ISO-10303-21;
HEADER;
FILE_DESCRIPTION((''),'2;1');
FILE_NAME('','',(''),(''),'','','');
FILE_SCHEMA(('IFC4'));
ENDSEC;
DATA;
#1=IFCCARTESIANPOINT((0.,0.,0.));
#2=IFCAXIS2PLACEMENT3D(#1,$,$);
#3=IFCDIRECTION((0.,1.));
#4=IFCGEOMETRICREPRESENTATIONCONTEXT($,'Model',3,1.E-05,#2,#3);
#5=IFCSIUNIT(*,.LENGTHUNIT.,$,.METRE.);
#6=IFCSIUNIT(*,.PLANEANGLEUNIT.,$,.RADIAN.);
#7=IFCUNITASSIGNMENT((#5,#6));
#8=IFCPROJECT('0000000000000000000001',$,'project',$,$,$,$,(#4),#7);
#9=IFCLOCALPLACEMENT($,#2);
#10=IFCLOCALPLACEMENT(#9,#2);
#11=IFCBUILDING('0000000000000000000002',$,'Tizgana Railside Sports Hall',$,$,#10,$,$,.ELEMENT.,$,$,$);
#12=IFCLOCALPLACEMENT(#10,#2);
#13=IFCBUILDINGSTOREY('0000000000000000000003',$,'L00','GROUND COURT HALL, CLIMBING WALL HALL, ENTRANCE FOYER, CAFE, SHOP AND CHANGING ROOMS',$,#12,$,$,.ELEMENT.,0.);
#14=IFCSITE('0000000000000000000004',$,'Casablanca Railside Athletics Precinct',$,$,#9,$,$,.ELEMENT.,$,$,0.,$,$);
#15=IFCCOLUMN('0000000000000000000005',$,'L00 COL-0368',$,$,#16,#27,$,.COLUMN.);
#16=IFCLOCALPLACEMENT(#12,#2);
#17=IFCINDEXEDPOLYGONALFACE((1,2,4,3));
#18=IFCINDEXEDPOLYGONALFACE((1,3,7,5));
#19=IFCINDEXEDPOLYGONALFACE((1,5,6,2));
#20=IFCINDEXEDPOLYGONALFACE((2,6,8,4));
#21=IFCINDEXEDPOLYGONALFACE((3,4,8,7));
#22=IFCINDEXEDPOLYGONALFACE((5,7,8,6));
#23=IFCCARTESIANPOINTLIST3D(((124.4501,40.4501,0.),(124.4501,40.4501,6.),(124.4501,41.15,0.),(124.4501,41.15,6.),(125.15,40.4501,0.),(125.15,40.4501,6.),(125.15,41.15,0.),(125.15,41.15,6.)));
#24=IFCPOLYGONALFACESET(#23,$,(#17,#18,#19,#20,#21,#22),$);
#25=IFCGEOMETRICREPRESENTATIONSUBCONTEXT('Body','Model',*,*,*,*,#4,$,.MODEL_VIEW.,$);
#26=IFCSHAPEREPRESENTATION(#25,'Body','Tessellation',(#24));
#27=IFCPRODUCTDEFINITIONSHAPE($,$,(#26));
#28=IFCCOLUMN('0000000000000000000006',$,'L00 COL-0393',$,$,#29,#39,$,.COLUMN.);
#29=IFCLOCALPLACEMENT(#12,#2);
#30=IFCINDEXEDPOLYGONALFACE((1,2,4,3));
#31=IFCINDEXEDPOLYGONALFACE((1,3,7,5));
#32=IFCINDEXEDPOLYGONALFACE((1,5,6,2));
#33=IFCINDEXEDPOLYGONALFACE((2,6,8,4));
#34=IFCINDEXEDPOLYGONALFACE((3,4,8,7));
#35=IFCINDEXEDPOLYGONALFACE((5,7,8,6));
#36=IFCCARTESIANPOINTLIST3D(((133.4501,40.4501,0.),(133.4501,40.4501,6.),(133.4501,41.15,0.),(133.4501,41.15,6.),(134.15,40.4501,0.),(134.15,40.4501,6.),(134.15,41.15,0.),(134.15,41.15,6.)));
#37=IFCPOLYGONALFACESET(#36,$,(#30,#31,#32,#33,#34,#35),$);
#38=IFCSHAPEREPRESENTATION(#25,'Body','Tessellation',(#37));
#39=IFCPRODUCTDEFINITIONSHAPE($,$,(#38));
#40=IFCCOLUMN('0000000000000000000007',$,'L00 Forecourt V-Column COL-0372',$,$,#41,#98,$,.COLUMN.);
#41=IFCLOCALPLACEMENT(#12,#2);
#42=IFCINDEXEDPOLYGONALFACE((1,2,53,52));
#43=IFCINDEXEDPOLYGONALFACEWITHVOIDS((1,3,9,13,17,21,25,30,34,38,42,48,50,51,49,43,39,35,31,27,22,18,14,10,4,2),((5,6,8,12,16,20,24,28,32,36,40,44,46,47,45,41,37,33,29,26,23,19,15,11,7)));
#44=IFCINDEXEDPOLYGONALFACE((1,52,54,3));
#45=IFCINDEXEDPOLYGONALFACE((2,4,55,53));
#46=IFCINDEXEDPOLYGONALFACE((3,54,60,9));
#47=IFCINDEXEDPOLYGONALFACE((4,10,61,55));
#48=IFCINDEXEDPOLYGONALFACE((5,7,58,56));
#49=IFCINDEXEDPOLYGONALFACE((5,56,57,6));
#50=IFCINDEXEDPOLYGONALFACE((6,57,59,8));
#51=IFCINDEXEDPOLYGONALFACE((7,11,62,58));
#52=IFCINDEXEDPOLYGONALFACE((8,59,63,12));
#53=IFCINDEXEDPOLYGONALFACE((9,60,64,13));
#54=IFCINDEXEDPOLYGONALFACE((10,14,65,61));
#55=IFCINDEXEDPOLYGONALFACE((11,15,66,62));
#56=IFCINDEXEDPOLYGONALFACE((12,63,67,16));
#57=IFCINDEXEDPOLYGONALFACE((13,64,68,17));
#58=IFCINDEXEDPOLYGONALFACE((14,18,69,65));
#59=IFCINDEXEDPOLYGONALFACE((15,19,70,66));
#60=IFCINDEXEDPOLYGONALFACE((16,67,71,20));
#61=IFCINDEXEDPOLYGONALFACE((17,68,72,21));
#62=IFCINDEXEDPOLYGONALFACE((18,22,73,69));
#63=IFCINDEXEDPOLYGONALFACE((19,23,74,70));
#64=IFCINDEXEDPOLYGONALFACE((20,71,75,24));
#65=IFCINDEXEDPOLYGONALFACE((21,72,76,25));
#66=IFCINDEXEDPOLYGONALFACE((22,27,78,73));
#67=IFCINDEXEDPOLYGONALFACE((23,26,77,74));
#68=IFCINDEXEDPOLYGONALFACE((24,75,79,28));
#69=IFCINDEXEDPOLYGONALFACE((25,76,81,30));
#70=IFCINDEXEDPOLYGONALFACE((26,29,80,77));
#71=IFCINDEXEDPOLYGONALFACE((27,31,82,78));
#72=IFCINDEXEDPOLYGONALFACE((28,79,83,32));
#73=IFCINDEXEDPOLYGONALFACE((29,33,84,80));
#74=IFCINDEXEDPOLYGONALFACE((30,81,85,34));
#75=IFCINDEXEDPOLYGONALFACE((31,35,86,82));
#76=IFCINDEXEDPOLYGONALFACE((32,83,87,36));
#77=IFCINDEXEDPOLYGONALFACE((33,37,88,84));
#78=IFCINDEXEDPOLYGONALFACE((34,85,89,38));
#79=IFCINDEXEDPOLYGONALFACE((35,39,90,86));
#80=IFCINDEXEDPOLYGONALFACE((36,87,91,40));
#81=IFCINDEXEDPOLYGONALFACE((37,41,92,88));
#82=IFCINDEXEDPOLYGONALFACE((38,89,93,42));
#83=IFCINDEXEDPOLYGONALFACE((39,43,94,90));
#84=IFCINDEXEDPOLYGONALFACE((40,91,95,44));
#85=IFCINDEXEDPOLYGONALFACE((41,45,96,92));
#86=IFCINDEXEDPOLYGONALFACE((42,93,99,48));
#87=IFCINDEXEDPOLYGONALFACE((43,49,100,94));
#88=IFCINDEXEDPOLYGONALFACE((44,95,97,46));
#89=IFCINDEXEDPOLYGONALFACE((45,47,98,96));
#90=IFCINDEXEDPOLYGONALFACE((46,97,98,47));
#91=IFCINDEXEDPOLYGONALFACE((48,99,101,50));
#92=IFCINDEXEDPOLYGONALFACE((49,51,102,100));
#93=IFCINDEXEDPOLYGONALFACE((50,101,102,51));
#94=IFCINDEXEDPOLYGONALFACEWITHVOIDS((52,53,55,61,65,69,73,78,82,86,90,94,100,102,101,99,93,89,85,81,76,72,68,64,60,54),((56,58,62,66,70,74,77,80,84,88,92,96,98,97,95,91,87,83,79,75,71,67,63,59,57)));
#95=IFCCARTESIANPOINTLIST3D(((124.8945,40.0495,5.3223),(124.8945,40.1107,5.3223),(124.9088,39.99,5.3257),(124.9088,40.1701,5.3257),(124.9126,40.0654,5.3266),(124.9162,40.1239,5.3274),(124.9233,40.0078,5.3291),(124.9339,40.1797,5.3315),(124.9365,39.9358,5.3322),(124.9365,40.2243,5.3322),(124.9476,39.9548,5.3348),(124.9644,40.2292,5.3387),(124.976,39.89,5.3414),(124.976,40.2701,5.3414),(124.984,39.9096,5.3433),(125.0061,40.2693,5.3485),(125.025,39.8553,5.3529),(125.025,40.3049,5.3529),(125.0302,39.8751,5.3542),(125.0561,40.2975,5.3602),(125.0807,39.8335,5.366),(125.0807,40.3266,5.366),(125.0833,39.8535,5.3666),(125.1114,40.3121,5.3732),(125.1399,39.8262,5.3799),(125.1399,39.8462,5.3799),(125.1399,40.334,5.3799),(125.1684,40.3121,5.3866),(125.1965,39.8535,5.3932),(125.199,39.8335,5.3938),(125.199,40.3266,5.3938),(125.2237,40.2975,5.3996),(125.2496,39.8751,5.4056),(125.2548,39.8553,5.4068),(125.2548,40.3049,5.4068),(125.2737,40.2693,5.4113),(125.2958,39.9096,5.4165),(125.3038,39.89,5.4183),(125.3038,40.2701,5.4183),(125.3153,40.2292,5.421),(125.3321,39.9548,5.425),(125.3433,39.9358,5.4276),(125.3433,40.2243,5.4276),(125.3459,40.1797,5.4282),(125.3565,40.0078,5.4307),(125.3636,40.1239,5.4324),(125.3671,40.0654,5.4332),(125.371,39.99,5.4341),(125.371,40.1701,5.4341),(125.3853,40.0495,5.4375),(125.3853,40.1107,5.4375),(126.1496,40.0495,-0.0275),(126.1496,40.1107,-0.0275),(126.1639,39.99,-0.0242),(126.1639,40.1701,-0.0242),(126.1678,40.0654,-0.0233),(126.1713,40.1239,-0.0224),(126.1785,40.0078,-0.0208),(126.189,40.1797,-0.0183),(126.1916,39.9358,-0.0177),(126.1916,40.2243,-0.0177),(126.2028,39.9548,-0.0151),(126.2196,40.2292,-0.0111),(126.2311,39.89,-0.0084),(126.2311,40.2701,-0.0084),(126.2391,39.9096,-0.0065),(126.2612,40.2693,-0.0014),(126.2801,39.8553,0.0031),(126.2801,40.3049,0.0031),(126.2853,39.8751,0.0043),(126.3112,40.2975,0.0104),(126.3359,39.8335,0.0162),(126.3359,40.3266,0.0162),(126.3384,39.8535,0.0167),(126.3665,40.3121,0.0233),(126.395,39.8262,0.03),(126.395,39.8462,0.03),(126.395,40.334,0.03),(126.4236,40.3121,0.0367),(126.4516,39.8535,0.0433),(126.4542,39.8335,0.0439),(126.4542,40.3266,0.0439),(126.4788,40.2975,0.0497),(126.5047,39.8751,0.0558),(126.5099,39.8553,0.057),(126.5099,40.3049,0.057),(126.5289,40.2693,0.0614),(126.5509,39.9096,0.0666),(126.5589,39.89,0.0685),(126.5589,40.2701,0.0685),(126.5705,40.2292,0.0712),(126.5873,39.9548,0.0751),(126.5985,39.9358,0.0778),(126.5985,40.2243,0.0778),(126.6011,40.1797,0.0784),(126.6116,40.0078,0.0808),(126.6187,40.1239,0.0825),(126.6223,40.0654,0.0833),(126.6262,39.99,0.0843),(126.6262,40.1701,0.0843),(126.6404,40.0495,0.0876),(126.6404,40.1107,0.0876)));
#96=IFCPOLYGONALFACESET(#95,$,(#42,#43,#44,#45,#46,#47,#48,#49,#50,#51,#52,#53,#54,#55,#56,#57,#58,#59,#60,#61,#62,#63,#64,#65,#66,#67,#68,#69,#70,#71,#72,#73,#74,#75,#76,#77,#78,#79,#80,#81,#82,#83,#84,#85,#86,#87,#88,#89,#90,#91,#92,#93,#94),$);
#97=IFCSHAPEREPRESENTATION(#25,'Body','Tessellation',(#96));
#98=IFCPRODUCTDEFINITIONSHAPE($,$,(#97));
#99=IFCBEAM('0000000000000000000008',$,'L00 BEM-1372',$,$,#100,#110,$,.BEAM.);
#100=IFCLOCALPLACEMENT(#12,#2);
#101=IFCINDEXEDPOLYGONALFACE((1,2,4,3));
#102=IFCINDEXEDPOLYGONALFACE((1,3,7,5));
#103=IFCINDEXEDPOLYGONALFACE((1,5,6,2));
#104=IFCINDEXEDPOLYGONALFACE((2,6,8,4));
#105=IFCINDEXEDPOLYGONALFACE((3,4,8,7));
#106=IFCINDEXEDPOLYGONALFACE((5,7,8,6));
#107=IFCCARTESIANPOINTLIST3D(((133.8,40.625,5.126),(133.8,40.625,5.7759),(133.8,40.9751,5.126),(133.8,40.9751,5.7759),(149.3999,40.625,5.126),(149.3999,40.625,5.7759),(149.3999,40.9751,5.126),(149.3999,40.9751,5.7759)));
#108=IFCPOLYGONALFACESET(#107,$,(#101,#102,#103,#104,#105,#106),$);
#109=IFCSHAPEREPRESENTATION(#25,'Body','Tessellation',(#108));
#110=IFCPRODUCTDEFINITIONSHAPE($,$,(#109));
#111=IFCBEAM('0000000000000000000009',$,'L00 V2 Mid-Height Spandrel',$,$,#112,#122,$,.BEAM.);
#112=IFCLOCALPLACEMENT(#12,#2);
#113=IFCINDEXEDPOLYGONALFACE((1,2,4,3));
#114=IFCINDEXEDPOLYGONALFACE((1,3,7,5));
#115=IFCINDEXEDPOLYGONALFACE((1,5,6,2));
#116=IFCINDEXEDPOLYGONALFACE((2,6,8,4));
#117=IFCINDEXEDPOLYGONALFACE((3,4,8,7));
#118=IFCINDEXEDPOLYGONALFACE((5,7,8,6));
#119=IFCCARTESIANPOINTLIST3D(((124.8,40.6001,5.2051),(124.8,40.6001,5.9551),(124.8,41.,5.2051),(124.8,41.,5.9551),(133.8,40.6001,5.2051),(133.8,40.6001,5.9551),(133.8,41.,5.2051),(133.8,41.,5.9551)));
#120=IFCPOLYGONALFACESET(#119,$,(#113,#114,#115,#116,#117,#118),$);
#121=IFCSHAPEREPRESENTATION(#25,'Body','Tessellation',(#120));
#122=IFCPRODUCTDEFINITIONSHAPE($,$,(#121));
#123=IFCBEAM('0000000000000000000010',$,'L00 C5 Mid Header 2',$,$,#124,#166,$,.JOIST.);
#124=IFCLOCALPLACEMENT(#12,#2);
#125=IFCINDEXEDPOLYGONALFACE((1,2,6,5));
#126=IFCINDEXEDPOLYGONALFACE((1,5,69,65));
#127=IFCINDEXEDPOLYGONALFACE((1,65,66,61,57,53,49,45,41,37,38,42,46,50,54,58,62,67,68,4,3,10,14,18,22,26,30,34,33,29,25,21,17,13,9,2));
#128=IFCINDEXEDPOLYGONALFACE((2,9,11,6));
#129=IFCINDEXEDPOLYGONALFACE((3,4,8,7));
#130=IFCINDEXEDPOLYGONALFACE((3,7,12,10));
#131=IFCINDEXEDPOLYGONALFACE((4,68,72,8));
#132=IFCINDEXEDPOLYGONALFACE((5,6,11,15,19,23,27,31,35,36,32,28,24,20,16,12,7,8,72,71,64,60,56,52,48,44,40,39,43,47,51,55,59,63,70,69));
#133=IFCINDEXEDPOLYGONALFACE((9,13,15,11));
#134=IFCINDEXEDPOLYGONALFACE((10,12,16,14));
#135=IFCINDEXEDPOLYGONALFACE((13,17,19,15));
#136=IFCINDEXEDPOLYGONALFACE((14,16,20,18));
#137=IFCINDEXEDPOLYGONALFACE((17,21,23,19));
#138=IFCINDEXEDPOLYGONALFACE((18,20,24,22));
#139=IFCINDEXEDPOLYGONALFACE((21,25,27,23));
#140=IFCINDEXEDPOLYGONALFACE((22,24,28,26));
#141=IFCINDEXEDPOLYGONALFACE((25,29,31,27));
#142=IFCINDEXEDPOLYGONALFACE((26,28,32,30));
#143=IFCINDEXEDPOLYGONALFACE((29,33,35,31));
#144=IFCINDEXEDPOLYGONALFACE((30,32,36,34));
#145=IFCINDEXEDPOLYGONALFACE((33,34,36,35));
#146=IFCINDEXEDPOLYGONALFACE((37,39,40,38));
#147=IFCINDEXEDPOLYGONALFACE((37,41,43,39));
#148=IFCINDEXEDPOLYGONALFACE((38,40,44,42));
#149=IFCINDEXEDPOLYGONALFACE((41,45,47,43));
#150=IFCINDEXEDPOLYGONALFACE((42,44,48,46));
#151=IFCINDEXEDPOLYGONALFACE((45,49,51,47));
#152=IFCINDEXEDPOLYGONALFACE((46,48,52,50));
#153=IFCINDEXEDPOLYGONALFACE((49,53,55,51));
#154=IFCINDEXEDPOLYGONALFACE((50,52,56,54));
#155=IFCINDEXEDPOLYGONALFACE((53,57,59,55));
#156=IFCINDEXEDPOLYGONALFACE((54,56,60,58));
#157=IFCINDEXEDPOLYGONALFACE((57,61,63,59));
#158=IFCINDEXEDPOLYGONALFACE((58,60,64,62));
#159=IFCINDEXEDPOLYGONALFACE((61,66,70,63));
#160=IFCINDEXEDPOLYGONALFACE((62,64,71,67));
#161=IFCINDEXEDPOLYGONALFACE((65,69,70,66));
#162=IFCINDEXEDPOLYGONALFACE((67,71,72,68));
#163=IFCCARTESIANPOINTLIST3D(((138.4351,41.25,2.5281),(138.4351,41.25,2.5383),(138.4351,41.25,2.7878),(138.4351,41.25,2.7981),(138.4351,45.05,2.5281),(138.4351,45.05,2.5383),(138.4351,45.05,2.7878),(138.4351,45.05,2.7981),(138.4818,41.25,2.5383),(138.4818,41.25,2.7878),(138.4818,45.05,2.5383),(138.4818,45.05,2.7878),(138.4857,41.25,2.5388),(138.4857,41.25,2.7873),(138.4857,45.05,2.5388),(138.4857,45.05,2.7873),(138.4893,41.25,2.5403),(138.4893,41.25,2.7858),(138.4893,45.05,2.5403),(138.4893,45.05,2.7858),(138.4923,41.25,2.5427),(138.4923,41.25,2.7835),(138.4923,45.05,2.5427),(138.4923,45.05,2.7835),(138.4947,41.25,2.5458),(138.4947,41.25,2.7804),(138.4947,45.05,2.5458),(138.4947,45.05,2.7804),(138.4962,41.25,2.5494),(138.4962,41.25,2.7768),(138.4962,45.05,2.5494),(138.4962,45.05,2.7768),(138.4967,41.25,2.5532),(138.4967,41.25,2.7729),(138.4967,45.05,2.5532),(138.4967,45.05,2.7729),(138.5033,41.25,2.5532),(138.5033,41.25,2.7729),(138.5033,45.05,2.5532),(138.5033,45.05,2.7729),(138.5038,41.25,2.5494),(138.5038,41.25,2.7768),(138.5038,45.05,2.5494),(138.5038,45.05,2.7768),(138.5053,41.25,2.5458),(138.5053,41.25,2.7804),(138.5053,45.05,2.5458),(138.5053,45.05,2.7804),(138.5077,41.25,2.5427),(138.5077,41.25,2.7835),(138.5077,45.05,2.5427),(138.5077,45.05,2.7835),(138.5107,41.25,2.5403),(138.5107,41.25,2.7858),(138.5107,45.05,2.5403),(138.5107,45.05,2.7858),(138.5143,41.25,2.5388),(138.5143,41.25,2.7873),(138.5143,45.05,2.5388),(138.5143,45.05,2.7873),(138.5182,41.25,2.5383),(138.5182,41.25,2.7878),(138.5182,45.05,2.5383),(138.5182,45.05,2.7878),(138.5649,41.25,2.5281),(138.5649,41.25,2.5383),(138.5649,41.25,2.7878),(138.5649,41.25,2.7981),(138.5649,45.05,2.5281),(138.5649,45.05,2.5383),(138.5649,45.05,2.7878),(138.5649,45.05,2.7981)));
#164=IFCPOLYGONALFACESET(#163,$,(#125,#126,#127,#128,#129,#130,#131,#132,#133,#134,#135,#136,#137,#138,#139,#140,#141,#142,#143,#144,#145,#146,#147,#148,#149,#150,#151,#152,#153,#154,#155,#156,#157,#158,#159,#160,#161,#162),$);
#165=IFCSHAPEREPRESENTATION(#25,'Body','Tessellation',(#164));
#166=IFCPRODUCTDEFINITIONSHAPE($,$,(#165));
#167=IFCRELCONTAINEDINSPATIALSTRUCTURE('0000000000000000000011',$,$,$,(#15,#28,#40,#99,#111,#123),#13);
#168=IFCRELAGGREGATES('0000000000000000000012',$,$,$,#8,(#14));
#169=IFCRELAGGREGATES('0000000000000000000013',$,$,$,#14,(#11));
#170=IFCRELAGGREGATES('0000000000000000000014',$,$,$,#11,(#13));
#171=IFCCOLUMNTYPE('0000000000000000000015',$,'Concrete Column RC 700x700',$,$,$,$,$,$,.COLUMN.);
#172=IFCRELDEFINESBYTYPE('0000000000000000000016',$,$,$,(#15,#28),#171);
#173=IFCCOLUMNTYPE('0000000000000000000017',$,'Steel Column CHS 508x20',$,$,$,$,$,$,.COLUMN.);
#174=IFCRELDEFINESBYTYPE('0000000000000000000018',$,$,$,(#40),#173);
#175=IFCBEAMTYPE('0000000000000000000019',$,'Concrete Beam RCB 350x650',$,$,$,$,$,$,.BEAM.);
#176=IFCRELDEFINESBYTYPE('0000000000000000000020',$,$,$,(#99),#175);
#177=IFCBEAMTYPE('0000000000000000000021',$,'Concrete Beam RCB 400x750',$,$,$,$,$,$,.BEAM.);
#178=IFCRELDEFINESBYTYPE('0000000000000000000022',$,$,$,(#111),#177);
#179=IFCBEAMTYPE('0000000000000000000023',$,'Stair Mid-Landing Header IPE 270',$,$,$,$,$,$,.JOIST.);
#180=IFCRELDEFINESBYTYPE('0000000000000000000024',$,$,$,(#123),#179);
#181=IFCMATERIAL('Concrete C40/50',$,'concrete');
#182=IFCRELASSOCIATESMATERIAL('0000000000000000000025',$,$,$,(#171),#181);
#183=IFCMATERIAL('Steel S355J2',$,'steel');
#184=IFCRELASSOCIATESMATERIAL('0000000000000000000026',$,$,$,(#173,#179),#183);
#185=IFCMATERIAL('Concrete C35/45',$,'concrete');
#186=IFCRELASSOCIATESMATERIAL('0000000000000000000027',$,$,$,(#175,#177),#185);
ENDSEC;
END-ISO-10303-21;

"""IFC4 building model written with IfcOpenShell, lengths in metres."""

from ifc_helpers import new_model, si_unit, direction, frame, origin, origin_2d, place, context, subcontext, project, spatial, rectangle, hollow_circle, i_section, extrude, material, material_profile, profile_set, type_object, element, save


model = new_model("IFC4")

# Units and contexts
model_context = context("Model", 3, precision=1e-05, world=origin(), true_north=direction((0.0, 1.0)))
body_context = subcontext(model_context, "Body", "Model", "MODEL_VIEW")
ifc_project = project(units=[si_unit("LENGTHUNIT", "METRE"), si_unit("PLANEANGLEUNIT", "RADIAN")], contexts=[model_context])

# Site, building, storey
site_placement = place(None, origin())
site = spatial("IfcSite", under=ifc_project, at=site_placement, Name="Casablanca Railside Athletics Precinct", CompositionType="ELEMENT", RefElevation=0.0)
building_placement = place(site_placement, origin())
building = spatial("IfcBuilding", under=site, at=building_placement, Name="Tizgana Railside Sports Hall", CompositionType="ELEMENT")
storey_placement = place(building_placement, origin())
storey = spatial("IfcBuildingStorey", under=building, at=storey_placement, Name="L00", Description="GROUND COURT HALL, CLIMBING WALL HALL, ENTRANCE FOYER, CAFE, SHOP AND CHANGING ROOMS", CompositionType="ELEMENT", Elevation=0.0)

# Columns
ifc_material_1 = material(Name="Concrete C40/50", Category="concrete")
ifc_material_profile_1 = material_profile(ifc_material_1, rectangle(XDim=0.7, YDim=0.7, at=origin_2d()), Name="RC 700x700")
ifc_profile_set_1 = profile_set([ifc_material_profile_1], Name="Concrete C40/50")
column_type_1 = type_object("IfcColumnType", Name="Concrete Column RC 700x700", PredefinedType="COLUMN", material=ifc_profile_set_1)
for number, where, z_axis, x_axis, name in (
    (1, (124.8, 40.8, 0.0), (0.0, 0.0, 1.0), (1.0, 0.0, 0.0), "L00 COL-0368"),
    (2, (133.8, 40.8, 0.0), (0.0, 0.0, 1.0), (1.0, 0.0, 0.0), "L00 COL-0393"),
):
    element("IfcColumn", number, at=place(storey_placement, frame(where, z_axis=z_axis, x_axis=x_axis)), inside=storey, type_object=column_type_1, Name=name, PredefinedType="COLUMN", context=body_context, shape_type="SweptSolid", body=[
        extrude(rectangle(XDim=0.7, YDim=0.7, at=origin_2d()), origin(), (0.0, 0.0, 1.0), 6.0),
    ])
ifc_material_2 = material(Name="Steel S355J2", Category="steel")
ifc_material_profile_2 = material_profile(ifc_material_2, hollow_circle(Radius=0.2539, WallThickness=0.02, at=origin_2d()), Name="CHS 508x20")
ifc_profile_set_2 = profile_set([ifc_material_profile_2], Name="Steel S355J2")
column_type_2 = type_object("IfcColumnType", Name="Steel Column CHS 508x20", PredefinedType="COLUMN", material=ifc_profile_set_2)
column_placement = place(storey_placement, frame((126.395, 40.0801, 0.03), z_axis=(-0.228408, 0.0, 0.973566), x_axis=(0.0, -1.0, 0.0)))
element("IfcColumn", 3, at=column_placement, inside=storey, type_object=column_type_2, Name="L00 Forecourt V-Column COL-0372", PredefinedType="COLUMN", context=body_context, shape_type="SweptSolid", body=[
    extrude(hollow_circle(Radius=0.2539, WallThickness=0.02, at=origin_2d()), origin(), (0.0, 0.0, 1.0), 5.4951),
])

# Beams
ifc_material_3 = material(Name="Concrete C35/45", Category="concrete")
ifc_material_profile_3 = material_profile(ifc_material_3, rectangle(XDim=0.3501, YDim=0.6499, at=origin_2d()), Name="RCB 350x650")
ifc_profile_set_3 = profile_set([ifc_material_profile_3], Name="Concrete C35/45")
beam_type_1 = type_object("IfcBeamType", Name="Concrete Beam RCB 350x650", PredefinedType="BEAM", material=ifc_profile_set_3)
beam_1_placement = place(storey_placement, frame((133.8, 40.8, 5.4509), z_axis=(1.0, 0.0, 0.0), x_axis=(0.0, 1.0, 0.0)))
element("IfcBeam", 4, at=beam_1_placement, inside=storey, type_object=beam_type_1, Name="L00 BEM-1372", PredefinedType="BEAM", context=body_context, shape_type="SweptSolid", body=[
    extrude(rectangle(XDim=0.3501, YDim=0.6499, at=origin_2d()), origin(), (0.0, 0.0, 1.0), 15.5999),
])
ifc_material_profile_4 = material_profile(ifc_material_3, rectangle(XDim=0.3999, YDim=0.75, at=origin_2d()), Name="RCB 400x750")
ifc_profile_set_4 = profile_set([ifc_material_profile_4], Name="Concrete C35/45")
beam_type_2 = type_object("IfcBeamType", Name="Concrete Beam RCB 400x750", PredefinedType="BEAM", material=ifc_profile_set_4)
beam_2_placement = place(storey_placement, frame((124.8, 40.8, 5.5801), z_axis=(1.0, 0.0, 0.0), x_axis=(0.0, 1.0, 0.0)))
element("IfcBeam", 5, at=beam_2_placement, inside=storey, type_object=beam_type_2, Name="L00 V2 Mid-Height Spandrel", PredefinedType="BEAM", context=body_context, shape_type="SweptSolid", body=[
    extrude(rectangle(XDim=0.3999, YDim=0.75, at=origin_2d()), origin(), (0.0, 0.0, 1.0), 9.0),
])
ifc_material_profile_5 = material_profile(ifc_material_2, i_section(OverallWidth=0.1299, OverallDepth=0.27, WebThickness=0.0066, FlangeThickness=0.0103, FilletRadius=0.0149, at=origin_2d()), Name="IPE 270")
ifc_profile_set_5 = profile_set([ifc_material_profile_5], Name="Steel S355J2")
beam_type_3 = type_object("IfcBeamType", Name="Stair Mid-Landing Header IPE 270", PredefinedType="JOIST", material=ifc_profile_set_5)
beam_3_placement = place(storey_placement, frame((138.5, 41.25, 2.6631), z_axis=(0.0, 1.0, 0.0), x_axis=(-1.0, 0.0, 0.0)))
element("IfcBeam", 6, at=beam_3_placement, inside=storey, type_object=beam_type_3, Name="L00 C5 Mid Header 2", PredefinedType="JOIST", context=body_context, shape_type="SweptSolid", body=[
    extrude(i_section(OverallWidth=0.1299, OverallDepth=0.27, WebThickness=0.0066, FlangeThickness=0.0103, FilletRadius=0.0149, at=origin_2d()), origin(), (0.0, 0.0, 1.0), 3.8),
])

save(model, "model.ifc")
